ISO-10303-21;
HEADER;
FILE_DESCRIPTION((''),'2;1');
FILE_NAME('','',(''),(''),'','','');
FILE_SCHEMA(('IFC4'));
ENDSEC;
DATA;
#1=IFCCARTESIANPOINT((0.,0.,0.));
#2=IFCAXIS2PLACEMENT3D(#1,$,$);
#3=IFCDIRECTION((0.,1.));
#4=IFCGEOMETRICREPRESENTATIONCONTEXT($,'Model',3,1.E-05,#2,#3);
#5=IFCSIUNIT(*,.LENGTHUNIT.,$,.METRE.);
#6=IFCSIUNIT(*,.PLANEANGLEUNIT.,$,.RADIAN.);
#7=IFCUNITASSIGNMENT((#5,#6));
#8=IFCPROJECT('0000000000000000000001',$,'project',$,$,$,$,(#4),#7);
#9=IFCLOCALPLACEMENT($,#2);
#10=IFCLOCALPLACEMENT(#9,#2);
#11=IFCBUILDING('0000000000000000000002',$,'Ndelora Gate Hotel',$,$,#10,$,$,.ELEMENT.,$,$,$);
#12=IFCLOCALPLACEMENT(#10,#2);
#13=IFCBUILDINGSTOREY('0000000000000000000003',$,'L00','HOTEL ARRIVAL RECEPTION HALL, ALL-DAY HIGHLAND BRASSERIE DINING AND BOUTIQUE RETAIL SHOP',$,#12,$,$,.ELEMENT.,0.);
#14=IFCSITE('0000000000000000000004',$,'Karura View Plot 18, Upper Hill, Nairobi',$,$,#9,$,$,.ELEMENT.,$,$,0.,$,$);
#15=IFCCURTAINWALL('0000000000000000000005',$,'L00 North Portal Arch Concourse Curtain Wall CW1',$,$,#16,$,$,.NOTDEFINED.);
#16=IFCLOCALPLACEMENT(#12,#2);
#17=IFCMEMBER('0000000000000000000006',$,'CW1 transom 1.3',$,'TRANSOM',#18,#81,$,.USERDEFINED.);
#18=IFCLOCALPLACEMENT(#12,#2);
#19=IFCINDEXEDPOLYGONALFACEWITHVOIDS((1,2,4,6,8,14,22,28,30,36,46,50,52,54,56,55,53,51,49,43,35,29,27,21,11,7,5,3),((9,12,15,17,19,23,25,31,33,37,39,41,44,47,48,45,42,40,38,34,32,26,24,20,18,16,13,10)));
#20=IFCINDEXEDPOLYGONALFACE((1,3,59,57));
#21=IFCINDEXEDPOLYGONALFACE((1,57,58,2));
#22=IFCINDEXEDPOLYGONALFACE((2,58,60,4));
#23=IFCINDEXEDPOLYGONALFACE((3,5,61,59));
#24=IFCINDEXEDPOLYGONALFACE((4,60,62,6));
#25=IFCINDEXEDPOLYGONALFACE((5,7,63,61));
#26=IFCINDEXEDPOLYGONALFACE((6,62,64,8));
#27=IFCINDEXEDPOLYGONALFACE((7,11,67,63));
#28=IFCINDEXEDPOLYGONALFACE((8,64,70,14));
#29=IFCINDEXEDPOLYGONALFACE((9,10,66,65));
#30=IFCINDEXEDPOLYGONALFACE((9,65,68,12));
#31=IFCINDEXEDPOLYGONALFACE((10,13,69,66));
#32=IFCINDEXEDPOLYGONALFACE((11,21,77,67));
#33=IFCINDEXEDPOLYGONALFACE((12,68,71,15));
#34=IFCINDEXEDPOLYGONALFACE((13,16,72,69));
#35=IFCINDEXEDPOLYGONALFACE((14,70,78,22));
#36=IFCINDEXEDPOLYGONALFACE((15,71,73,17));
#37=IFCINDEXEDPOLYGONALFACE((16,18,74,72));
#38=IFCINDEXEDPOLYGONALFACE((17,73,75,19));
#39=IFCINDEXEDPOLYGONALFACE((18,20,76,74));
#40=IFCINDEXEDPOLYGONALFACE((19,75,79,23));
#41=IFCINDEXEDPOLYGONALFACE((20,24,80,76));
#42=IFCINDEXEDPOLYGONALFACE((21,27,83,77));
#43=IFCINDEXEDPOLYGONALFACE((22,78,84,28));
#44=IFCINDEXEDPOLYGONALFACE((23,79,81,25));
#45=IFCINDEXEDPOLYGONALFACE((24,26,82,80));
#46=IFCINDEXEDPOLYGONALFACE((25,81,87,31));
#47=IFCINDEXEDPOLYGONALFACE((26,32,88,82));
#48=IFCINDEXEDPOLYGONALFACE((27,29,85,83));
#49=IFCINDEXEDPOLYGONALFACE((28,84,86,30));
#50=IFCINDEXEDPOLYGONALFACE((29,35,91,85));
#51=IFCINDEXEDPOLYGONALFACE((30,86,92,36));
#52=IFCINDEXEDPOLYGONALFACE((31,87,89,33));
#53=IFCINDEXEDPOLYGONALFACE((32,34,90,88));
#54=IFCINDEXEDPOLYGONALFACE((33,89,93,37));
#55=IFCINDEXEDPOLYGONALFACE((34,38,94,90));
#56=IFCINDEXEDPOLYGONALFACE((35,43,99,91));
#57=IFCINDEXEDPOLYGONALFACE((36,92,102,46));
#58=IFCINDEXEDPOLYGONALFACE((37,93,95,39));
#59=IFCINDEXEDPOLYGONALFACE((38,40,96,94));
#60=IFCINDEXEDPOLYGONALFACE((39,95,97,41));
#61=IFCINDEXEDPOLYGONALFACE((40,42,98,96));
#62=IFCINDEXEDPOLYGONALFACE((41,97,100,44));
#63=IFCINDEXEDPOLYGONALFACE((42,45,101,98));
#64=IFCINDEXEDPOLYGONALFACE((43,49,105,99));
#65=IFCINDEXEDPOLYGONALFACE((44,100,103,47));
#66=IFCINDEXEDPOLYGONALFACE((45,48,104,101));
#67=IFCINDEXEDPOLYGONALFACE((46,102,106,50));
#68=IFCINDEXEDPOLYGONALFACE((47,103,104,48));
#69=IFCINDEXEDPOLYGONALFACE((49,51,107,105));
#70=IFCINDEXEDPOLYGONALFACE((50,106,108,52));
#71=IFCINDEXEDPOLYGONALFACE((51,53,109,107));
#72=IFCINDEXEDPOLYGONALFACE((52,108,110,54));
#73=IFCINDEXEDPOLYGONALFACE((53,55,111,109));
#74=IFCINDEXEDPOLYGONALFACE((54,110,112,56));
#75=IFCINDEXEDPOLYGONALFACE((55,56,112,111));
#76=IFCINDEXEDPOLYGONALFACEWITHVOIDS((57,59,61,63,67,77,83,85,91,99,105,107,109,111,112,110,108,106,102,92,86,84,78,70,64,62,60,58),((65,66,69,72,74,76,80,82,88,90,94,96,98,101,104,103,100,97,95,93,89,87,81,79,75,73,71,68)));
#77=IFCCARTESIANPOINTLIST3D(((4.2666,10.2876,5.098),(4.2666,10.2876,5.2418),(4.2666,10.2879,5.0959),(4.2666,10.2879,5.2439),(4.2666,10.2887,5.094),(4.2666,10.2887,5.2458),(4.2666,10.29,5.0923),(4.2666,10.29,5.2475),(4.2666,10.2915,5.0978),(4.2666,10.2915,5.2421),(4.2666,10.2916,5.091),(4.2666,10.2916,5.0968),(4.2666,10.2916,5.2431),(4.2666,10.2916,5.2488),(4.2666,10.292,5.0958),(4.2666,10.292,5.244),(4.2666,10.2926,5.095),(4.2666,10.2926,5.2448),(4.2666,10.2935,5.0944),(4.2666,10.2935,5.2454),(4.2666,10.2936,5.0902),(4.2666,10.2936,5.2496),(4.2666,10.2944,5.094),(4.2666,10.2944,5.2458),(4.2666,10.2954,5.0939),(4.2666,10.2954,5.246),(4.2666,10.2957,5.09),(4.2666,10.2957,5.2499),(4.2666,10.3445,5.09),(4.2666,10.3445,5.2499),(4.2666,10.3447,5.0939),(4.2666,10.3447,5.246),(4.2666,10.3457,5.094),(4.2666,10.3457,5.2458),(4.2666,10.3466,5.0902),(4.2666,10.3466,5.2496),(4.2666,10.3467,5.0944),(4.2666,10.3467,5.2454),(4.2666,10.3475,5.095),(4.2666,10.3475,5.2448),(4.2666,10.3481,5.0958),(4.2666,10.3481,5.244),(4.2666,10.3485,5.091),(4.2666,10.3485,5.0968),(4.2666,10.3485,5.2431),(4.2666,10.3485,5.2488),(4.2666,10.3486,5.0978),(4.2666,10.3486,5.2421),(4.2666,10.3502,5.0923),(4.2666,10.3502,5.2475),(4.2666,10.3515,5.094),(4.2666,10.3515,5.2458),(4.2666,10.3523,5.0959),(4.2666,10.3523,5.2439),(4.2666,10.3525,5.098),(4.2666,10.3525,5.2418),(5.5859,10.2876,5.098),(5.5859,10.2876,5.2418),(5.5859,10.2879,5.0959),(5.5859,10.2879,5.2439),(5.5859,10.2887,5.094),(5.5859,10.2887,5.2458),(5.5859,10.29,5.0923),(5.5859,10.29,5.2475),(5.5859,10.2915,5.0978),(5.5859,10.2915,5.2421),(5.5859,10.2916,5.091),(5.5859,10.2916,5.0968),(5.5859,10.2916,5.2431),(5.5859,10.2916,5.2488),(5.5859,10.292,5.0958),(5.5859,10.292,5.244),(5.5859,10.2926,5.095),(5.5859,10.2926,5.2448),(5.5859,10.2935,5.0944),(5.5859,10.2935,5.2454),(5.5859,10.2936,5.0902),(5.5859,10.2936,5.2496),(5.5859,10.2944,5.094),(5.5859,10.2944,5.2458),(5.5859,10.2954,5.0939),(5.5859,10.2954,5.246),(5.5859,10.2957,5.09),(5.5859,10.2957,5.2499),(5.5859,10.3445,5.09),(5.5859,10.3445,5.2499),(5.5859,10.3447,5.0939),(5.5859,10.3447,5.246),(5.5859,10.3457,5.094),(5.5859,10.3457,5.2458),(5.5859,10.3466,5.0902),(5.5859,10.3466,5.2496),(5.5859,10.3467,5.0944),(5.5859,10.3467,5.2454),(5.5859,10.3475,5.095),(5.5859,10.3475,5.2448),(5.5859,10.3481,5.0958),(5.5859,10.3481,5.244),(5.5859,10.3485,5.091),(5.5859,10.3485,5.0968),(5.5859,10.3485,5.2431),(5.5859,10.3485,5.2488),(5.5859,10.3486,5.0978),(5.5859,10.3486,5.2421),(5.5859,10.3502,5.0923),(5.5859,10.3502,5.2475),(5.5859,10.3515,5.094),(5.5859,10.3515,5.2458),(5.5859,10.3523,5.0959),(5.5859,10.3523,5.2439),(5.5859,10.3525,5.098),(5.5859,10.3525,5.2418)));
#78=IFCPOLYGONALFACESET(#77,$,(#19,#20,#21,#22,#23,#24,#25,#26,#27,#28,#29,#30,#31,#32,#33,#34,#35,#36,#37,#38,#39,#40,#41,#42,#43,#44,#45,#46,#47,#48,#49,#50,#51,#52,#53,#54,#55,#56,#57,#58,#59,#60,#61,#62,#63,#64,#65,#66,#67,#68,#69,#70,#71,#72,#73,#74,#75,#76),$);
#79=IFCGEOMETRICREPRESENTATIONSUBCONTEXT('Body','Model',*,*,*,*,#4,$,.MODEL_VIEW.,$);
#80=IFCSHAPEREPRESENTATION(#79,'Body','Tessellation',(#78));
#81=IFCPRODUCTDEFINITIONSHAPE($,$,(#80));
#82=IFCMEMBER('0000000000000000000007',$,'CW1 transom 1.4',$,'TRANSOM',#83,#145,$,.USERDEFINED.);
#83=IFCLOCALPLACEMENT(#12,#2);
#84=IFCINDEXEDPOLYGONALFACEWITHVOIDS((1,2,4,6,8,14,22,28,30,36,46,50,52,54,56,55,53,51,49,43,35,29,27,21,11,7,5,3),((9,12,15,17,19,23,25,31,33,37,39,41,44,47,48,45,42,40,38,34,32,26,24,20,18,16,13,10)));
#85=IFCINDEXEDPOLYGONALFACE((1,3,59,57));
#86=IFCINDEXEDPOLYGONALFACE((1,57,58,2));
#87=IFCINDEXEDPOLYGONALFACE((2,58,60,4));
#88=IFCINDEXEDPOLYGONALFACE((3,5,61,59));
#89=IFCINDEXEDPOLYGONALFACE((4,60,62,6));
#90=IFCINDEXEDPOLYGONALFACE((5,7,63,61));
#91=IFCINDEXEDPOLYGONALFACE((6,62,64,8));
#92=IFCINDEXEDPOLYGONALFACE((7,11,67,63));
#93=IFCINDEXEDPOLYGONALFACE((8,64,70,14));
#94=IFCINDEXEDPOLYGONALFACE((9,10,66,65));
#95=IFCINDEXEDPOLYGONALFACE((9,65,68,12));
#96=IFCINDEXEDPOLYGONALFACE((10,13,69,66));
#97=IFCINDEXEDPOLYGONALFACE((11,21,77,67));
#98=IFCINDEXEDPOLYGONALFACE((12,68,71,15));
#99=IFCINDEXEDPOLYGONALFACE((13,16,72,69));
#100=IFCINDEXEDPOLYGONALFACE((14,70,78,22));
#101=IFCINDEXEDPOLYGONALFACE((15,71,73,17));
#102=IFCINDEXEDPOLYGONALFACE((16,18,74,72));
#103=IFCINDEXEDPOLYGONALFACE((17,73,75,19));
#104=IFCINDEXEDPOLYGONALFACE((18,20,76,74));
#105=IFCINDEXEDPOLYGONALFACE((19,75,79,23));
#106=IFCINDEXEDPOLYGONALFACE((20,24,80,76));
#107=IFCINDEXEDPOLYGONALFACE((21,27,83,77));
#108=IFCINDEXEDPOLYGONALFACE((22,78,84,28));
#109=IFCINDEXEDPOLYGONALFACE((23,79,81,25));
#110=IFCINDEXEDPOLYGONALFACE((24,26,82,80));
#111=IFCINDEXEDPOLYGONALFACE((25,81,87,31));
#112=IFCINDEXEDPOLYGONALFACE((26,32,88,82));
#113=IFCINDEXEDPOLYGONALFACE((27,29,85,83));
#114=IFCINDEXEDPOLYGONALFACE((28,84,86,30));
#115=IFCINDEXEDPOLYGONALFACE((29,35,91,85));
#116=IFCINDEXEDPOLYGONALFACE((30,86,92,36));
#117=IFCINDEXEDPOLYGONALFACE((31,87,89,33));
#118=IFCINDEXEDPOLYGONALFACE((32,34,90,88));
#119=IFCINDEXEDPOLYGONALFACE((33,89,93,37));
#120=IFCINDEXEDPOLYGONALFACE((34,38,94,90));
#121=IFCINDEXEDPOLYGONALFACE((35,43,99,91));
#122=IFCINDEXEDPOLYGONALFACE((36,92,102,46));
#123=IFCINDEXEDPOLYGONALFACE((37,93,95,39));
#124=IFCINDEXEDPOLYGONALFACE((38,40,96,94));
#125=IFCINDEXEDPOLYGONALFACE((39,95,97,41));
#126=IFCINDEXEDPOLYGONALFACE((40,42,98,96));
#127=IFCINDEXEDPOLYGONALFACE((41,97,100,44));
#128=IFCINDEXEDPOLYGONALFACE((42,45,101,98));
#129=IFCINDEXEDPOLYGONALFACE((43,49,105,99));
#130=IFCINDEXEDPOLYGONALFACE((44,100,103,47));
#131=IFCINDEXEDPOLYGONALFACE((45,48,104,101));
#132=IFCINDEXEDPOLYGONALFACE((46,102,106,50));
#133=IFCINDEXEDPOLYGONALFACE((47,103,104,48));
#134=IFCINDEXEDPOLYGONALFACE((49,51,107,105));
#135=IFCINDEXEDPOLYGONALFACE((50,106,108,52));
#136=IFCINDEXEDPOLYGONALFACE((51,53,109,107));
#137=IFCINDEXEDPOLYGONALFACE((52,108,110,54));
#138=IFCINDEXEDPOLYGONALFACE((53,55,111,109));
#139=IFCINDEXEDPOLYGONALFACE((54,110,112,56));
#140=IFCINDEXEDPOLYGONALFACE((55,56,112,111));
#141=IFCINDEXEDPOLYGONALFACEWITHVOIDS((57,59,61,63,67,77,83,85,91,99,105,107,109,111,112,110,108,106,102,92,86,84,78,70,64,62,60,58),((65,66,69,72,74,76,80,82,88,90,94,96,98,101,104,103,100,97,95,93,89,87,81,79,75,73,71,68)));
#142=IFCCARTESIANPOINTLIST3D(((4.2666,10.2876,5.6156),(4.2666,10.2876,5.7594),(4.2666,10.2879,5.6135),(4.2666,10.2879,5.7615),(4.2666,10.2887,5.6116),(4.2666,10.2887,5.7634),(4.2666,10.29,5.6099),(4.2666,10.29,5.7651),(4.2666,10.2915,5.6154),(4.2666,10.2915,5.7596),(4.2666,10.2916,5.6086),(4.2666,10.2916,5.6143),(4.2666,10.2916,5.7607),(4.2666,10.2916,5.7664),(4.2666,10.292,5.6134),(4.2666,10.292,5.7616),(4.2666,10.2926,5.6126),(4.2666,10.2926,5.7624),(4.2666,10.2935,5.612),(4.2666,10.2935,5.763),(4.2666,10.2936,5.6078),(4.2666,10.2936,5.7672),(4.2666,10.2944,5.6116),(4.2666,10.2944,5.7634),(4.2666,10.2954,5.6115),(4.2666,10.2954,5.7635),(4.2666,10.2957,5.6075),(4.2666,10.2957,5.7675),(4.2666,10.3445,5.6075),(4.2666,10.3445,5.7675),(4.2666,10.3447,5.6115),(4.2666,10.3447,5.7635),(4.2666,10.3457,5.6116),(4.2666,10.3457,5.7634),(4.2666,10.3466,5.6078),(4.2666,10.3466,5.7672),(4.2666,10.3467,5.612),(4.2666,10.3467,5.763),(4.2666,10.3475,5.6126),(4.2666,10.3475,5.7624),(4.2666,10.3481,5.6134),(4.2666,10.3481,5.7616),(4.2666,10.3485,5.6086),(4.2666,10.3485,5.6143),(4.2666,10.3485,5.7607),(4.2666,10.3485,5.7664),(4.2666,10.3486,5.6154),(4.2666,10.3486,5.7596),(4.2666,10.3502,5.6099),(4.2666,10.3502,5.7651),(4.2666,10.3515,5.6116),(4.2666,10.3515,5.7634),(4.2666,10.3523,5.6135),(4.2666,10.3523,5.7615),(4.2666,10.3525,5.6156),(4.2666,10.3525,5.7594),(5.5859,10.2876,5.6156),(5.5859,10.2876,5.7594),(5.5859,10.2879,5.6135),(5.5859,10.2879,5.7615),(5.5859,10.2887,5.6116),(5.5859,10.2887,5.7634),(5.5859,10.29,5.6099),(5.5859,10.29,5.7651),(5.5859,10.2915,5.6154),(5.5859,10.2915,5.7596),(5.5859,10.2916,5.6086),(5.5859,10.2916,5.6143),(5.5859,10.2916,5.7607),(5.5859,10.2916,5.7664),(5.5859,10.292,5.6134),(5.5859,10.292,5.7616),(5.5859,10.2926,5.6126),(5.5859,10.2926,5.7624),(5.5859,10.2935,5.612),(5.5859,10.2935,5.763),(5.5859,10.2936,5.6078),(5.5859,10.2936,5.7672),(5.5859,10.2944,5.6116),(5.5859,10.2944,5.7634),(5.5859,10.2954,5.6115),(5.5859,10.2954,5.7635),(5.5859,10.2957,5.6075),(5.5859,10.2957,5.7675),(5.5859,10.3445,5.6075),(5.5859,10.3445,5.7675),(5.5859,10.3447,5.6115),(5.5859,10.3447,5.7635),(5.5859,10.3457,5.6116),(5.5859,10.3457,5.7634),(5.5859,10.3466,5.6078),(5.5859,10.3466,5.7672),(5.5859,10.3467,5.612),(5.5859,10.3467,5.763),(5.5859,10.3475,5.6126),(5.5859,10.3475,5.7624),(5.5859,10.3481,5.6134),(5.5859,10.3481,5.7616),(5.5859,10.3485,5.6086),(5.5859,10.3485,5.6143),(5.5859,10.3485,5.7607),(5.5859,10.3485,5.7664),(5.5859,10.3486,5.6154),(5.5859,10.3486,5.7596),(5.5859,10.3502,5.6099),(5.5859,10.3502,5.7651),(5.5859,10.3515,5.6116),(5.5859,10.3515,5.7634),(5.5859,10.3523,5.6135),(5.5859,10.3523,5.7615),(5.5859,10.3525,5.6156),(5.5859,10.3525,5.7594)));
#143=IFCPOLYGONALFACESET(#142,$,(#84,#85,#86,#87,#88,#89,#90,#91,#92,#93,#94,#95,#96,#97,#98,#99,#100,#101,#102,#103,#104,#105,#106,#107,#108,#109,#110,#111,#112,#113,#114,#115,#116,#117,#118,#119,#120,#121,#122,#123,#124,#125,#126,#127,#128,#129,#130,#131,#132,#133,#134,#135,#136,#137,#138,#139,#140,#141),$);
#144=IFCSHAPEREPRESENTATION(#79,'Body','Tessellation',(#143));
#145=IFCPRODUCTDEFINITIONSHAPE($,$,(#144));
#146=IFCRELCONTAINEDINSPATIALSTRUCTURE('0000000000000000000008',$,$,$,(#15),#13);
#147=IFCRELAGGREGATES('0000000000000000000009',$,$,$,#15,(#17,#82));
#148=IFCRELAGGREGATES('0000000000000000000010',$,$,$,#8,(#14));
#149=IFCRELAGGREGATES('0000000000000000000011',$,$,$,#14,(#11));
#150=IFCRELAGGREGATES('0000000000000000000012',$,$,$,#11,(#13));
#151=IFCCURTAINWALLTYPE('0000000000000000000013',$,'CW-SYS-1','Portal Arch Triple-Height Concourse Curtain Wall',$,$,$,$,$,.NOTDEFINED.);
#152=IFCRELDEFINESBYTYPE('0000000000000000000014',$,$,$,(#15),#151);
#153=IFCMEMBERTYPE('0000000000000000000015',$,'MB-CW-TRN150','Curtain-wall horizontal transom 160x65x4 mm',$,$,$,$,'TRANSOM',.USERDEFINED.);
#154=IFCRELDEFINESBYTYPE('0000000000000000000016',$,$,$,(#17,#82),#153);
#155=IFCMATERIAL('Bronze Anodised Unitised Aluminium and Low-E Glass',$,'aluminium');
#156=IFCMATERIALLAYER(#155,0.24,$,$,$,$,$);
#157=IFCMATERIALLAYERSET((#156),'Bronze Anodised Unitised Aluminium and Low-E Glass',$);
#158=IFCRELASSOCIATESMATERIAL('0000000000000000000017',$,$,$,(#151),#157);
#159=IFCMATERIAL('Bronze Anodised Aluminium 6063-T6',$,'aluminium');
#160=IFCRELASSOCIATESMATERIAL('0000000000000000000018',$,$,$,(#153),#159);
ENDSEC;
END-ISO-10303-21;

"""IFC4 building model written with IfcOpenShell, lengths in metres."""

from ifc_helpers import new_model, si_unit, direction, frame, origin, origin_2d, place, context, subcontext, project, spatial, hollow_rectangle, extrude, material, layer, layer_set, material_profile, profile_set, type_object, element, aggregate, save


model = new_model("IFC4")

# Units and contexts
model_context = context("Model", 3, precision=1e-05, world=origin(), true_north=direction((0.0, 1.0)))
body_context = subcontext(model_context, "Body", "Model", "MODEL_VIEW")
ifc_project = project(units=[si_unit("LENGTHUNIT", "METRE"), si_unit("PLANEANGLEUNIT", "RADIAN")], contexts=[model_context])

# Site, building, storey
site_placement = place(None, origin())
site = spatial("IfcSite", under=ifc_project, at=site_placement, Name="Karura View Plot 18, Upper Hill, Nairobi", CompositionType="ELEMENT", RefElevation=0.0)
building_placement = place(site_placement, origin())
building = spatial("IfcBuilding", under=site, at=building_placement, Name="Ndelora Gate Hotel", CompositionType="ELEMENT")
storey_placement = place(building_placement, origin())
storey = spatial("IfcBuildingStorey", under=building, at=storey_placement, Name="L00", Description="HOTEL ARRIVAL RECEPTION HALL, ALL-DAY HIGHLAND BRASSERIE DINING AND BOUTIQUE RETAIL SHOP", CompositionType="ELEMENT", Elevation=0.0)

# Curtain wall, members
ifc_material_1 = material(Name="Bronze Anodised Unitised Aluminium and Low-E Glass", Category="aluminium")
ifc_layer_1 = layer(ifc_material_1, 0.24)
ifc_layer_set_1 = layer_set([ifc_layer_1], Name="Bronze Anodised Unitised Aluminium and Low-E Glass")
curtain_wall_type = type_object("IfcCurtainWallType", Name="CW-SYS-1", Description="Portal Arch Triple-Height Concourse Curtain Wall", PredefinedType="NOTDEFINED", material=ifc_layer_set_1)
curtain_wall_placement = place(storey_placement, origin())
curtain_wall = element("IfcCurtainWall", 1, at=curtain_wall_placement, inside=storey, type_object=curtain_wall_type, Name="L00 North Portal Arch Concourse Curtain Wall CW1", PredefinedType="NOTDEFINED")
ifc_material_2 = material(Name="Bronze Anodised Aluminium 6063-T6", Category="aluminium")
ifc_material_profile_1 = material_profile(ifc_material_2, hollow_rectangle(XDim=0.0649, YDim=0.1599, WallThickness=0.0039, InnerFilletRadius=0.0039, OuterFilletRadius=0.0081, at=origin_2d()), Name="ALU 160x65x4")
ifc_profile_set_1 = profile_set([ifc_material_profile_1], Name="Bronze Anodised Aluminium 6063-T6")
member_type_1 = type_object("IfcMemberType", Name="MB-CW-TRN150", Description="Curtain-wall horizontal transom 160x65x4 mm", ElementType="TRANSOM", PredefinedType="USERDEFINED", material=ifc_profile_set_1)
member_1_placement = place(storey_placement, frame((5.5859, 10.3201, 5.1699), z_axis=(-1.0, 0.0, 0.0), x_axis=(0.0, -1.0, 0.0)))
member_1 = element("IfcMember", 2, at=member_1_placement, type_object=member_type_1, Name="CW1 transom 1.3", ObjectType="TRANSOM", PredefinedType="USERDEFINED", context=body_context, shape_type="SweptSolid", body=[
    extrude(hollow_rectangle(XDim=0.0649, YDim=0.1599, WallThickness=0.0039, InnerFilletRadius=0.0039, OuterFilletRadius=0.0081, at=origin_2d()), origin(), (0.0, 0.0, 1.0), 1.3193),
])
member_2_placement = place(storey_placement, frame((5.5859, 10.3201, 5.6875), z_axis=(-1.0, 0.0, 0.0), x_axis=(0.0, -1.0, 0.0)))
member_2 = element("IfcMember", 3, at=member_2_placement, type_object=member_type_1, Name="CW1 transom 1.4", ObjectType="TRANSOM", PredefinedType="USERDEFINED", context=body_context, shape_type="SweptSolid", body=[
    extrude(hollow_rectangle(XDim=0.0649, YDim=0.1599, WallThickness=0.0039, InnerFilletRadius=0.0039, OuterFilletRadius=0.0081, at=origin_2d()), origin(), (0.0, 0.0, 1.0), 1.3193),
])
aggregate(curtain_wall, [member_1, member_2])

save(model, "model.ifc")
